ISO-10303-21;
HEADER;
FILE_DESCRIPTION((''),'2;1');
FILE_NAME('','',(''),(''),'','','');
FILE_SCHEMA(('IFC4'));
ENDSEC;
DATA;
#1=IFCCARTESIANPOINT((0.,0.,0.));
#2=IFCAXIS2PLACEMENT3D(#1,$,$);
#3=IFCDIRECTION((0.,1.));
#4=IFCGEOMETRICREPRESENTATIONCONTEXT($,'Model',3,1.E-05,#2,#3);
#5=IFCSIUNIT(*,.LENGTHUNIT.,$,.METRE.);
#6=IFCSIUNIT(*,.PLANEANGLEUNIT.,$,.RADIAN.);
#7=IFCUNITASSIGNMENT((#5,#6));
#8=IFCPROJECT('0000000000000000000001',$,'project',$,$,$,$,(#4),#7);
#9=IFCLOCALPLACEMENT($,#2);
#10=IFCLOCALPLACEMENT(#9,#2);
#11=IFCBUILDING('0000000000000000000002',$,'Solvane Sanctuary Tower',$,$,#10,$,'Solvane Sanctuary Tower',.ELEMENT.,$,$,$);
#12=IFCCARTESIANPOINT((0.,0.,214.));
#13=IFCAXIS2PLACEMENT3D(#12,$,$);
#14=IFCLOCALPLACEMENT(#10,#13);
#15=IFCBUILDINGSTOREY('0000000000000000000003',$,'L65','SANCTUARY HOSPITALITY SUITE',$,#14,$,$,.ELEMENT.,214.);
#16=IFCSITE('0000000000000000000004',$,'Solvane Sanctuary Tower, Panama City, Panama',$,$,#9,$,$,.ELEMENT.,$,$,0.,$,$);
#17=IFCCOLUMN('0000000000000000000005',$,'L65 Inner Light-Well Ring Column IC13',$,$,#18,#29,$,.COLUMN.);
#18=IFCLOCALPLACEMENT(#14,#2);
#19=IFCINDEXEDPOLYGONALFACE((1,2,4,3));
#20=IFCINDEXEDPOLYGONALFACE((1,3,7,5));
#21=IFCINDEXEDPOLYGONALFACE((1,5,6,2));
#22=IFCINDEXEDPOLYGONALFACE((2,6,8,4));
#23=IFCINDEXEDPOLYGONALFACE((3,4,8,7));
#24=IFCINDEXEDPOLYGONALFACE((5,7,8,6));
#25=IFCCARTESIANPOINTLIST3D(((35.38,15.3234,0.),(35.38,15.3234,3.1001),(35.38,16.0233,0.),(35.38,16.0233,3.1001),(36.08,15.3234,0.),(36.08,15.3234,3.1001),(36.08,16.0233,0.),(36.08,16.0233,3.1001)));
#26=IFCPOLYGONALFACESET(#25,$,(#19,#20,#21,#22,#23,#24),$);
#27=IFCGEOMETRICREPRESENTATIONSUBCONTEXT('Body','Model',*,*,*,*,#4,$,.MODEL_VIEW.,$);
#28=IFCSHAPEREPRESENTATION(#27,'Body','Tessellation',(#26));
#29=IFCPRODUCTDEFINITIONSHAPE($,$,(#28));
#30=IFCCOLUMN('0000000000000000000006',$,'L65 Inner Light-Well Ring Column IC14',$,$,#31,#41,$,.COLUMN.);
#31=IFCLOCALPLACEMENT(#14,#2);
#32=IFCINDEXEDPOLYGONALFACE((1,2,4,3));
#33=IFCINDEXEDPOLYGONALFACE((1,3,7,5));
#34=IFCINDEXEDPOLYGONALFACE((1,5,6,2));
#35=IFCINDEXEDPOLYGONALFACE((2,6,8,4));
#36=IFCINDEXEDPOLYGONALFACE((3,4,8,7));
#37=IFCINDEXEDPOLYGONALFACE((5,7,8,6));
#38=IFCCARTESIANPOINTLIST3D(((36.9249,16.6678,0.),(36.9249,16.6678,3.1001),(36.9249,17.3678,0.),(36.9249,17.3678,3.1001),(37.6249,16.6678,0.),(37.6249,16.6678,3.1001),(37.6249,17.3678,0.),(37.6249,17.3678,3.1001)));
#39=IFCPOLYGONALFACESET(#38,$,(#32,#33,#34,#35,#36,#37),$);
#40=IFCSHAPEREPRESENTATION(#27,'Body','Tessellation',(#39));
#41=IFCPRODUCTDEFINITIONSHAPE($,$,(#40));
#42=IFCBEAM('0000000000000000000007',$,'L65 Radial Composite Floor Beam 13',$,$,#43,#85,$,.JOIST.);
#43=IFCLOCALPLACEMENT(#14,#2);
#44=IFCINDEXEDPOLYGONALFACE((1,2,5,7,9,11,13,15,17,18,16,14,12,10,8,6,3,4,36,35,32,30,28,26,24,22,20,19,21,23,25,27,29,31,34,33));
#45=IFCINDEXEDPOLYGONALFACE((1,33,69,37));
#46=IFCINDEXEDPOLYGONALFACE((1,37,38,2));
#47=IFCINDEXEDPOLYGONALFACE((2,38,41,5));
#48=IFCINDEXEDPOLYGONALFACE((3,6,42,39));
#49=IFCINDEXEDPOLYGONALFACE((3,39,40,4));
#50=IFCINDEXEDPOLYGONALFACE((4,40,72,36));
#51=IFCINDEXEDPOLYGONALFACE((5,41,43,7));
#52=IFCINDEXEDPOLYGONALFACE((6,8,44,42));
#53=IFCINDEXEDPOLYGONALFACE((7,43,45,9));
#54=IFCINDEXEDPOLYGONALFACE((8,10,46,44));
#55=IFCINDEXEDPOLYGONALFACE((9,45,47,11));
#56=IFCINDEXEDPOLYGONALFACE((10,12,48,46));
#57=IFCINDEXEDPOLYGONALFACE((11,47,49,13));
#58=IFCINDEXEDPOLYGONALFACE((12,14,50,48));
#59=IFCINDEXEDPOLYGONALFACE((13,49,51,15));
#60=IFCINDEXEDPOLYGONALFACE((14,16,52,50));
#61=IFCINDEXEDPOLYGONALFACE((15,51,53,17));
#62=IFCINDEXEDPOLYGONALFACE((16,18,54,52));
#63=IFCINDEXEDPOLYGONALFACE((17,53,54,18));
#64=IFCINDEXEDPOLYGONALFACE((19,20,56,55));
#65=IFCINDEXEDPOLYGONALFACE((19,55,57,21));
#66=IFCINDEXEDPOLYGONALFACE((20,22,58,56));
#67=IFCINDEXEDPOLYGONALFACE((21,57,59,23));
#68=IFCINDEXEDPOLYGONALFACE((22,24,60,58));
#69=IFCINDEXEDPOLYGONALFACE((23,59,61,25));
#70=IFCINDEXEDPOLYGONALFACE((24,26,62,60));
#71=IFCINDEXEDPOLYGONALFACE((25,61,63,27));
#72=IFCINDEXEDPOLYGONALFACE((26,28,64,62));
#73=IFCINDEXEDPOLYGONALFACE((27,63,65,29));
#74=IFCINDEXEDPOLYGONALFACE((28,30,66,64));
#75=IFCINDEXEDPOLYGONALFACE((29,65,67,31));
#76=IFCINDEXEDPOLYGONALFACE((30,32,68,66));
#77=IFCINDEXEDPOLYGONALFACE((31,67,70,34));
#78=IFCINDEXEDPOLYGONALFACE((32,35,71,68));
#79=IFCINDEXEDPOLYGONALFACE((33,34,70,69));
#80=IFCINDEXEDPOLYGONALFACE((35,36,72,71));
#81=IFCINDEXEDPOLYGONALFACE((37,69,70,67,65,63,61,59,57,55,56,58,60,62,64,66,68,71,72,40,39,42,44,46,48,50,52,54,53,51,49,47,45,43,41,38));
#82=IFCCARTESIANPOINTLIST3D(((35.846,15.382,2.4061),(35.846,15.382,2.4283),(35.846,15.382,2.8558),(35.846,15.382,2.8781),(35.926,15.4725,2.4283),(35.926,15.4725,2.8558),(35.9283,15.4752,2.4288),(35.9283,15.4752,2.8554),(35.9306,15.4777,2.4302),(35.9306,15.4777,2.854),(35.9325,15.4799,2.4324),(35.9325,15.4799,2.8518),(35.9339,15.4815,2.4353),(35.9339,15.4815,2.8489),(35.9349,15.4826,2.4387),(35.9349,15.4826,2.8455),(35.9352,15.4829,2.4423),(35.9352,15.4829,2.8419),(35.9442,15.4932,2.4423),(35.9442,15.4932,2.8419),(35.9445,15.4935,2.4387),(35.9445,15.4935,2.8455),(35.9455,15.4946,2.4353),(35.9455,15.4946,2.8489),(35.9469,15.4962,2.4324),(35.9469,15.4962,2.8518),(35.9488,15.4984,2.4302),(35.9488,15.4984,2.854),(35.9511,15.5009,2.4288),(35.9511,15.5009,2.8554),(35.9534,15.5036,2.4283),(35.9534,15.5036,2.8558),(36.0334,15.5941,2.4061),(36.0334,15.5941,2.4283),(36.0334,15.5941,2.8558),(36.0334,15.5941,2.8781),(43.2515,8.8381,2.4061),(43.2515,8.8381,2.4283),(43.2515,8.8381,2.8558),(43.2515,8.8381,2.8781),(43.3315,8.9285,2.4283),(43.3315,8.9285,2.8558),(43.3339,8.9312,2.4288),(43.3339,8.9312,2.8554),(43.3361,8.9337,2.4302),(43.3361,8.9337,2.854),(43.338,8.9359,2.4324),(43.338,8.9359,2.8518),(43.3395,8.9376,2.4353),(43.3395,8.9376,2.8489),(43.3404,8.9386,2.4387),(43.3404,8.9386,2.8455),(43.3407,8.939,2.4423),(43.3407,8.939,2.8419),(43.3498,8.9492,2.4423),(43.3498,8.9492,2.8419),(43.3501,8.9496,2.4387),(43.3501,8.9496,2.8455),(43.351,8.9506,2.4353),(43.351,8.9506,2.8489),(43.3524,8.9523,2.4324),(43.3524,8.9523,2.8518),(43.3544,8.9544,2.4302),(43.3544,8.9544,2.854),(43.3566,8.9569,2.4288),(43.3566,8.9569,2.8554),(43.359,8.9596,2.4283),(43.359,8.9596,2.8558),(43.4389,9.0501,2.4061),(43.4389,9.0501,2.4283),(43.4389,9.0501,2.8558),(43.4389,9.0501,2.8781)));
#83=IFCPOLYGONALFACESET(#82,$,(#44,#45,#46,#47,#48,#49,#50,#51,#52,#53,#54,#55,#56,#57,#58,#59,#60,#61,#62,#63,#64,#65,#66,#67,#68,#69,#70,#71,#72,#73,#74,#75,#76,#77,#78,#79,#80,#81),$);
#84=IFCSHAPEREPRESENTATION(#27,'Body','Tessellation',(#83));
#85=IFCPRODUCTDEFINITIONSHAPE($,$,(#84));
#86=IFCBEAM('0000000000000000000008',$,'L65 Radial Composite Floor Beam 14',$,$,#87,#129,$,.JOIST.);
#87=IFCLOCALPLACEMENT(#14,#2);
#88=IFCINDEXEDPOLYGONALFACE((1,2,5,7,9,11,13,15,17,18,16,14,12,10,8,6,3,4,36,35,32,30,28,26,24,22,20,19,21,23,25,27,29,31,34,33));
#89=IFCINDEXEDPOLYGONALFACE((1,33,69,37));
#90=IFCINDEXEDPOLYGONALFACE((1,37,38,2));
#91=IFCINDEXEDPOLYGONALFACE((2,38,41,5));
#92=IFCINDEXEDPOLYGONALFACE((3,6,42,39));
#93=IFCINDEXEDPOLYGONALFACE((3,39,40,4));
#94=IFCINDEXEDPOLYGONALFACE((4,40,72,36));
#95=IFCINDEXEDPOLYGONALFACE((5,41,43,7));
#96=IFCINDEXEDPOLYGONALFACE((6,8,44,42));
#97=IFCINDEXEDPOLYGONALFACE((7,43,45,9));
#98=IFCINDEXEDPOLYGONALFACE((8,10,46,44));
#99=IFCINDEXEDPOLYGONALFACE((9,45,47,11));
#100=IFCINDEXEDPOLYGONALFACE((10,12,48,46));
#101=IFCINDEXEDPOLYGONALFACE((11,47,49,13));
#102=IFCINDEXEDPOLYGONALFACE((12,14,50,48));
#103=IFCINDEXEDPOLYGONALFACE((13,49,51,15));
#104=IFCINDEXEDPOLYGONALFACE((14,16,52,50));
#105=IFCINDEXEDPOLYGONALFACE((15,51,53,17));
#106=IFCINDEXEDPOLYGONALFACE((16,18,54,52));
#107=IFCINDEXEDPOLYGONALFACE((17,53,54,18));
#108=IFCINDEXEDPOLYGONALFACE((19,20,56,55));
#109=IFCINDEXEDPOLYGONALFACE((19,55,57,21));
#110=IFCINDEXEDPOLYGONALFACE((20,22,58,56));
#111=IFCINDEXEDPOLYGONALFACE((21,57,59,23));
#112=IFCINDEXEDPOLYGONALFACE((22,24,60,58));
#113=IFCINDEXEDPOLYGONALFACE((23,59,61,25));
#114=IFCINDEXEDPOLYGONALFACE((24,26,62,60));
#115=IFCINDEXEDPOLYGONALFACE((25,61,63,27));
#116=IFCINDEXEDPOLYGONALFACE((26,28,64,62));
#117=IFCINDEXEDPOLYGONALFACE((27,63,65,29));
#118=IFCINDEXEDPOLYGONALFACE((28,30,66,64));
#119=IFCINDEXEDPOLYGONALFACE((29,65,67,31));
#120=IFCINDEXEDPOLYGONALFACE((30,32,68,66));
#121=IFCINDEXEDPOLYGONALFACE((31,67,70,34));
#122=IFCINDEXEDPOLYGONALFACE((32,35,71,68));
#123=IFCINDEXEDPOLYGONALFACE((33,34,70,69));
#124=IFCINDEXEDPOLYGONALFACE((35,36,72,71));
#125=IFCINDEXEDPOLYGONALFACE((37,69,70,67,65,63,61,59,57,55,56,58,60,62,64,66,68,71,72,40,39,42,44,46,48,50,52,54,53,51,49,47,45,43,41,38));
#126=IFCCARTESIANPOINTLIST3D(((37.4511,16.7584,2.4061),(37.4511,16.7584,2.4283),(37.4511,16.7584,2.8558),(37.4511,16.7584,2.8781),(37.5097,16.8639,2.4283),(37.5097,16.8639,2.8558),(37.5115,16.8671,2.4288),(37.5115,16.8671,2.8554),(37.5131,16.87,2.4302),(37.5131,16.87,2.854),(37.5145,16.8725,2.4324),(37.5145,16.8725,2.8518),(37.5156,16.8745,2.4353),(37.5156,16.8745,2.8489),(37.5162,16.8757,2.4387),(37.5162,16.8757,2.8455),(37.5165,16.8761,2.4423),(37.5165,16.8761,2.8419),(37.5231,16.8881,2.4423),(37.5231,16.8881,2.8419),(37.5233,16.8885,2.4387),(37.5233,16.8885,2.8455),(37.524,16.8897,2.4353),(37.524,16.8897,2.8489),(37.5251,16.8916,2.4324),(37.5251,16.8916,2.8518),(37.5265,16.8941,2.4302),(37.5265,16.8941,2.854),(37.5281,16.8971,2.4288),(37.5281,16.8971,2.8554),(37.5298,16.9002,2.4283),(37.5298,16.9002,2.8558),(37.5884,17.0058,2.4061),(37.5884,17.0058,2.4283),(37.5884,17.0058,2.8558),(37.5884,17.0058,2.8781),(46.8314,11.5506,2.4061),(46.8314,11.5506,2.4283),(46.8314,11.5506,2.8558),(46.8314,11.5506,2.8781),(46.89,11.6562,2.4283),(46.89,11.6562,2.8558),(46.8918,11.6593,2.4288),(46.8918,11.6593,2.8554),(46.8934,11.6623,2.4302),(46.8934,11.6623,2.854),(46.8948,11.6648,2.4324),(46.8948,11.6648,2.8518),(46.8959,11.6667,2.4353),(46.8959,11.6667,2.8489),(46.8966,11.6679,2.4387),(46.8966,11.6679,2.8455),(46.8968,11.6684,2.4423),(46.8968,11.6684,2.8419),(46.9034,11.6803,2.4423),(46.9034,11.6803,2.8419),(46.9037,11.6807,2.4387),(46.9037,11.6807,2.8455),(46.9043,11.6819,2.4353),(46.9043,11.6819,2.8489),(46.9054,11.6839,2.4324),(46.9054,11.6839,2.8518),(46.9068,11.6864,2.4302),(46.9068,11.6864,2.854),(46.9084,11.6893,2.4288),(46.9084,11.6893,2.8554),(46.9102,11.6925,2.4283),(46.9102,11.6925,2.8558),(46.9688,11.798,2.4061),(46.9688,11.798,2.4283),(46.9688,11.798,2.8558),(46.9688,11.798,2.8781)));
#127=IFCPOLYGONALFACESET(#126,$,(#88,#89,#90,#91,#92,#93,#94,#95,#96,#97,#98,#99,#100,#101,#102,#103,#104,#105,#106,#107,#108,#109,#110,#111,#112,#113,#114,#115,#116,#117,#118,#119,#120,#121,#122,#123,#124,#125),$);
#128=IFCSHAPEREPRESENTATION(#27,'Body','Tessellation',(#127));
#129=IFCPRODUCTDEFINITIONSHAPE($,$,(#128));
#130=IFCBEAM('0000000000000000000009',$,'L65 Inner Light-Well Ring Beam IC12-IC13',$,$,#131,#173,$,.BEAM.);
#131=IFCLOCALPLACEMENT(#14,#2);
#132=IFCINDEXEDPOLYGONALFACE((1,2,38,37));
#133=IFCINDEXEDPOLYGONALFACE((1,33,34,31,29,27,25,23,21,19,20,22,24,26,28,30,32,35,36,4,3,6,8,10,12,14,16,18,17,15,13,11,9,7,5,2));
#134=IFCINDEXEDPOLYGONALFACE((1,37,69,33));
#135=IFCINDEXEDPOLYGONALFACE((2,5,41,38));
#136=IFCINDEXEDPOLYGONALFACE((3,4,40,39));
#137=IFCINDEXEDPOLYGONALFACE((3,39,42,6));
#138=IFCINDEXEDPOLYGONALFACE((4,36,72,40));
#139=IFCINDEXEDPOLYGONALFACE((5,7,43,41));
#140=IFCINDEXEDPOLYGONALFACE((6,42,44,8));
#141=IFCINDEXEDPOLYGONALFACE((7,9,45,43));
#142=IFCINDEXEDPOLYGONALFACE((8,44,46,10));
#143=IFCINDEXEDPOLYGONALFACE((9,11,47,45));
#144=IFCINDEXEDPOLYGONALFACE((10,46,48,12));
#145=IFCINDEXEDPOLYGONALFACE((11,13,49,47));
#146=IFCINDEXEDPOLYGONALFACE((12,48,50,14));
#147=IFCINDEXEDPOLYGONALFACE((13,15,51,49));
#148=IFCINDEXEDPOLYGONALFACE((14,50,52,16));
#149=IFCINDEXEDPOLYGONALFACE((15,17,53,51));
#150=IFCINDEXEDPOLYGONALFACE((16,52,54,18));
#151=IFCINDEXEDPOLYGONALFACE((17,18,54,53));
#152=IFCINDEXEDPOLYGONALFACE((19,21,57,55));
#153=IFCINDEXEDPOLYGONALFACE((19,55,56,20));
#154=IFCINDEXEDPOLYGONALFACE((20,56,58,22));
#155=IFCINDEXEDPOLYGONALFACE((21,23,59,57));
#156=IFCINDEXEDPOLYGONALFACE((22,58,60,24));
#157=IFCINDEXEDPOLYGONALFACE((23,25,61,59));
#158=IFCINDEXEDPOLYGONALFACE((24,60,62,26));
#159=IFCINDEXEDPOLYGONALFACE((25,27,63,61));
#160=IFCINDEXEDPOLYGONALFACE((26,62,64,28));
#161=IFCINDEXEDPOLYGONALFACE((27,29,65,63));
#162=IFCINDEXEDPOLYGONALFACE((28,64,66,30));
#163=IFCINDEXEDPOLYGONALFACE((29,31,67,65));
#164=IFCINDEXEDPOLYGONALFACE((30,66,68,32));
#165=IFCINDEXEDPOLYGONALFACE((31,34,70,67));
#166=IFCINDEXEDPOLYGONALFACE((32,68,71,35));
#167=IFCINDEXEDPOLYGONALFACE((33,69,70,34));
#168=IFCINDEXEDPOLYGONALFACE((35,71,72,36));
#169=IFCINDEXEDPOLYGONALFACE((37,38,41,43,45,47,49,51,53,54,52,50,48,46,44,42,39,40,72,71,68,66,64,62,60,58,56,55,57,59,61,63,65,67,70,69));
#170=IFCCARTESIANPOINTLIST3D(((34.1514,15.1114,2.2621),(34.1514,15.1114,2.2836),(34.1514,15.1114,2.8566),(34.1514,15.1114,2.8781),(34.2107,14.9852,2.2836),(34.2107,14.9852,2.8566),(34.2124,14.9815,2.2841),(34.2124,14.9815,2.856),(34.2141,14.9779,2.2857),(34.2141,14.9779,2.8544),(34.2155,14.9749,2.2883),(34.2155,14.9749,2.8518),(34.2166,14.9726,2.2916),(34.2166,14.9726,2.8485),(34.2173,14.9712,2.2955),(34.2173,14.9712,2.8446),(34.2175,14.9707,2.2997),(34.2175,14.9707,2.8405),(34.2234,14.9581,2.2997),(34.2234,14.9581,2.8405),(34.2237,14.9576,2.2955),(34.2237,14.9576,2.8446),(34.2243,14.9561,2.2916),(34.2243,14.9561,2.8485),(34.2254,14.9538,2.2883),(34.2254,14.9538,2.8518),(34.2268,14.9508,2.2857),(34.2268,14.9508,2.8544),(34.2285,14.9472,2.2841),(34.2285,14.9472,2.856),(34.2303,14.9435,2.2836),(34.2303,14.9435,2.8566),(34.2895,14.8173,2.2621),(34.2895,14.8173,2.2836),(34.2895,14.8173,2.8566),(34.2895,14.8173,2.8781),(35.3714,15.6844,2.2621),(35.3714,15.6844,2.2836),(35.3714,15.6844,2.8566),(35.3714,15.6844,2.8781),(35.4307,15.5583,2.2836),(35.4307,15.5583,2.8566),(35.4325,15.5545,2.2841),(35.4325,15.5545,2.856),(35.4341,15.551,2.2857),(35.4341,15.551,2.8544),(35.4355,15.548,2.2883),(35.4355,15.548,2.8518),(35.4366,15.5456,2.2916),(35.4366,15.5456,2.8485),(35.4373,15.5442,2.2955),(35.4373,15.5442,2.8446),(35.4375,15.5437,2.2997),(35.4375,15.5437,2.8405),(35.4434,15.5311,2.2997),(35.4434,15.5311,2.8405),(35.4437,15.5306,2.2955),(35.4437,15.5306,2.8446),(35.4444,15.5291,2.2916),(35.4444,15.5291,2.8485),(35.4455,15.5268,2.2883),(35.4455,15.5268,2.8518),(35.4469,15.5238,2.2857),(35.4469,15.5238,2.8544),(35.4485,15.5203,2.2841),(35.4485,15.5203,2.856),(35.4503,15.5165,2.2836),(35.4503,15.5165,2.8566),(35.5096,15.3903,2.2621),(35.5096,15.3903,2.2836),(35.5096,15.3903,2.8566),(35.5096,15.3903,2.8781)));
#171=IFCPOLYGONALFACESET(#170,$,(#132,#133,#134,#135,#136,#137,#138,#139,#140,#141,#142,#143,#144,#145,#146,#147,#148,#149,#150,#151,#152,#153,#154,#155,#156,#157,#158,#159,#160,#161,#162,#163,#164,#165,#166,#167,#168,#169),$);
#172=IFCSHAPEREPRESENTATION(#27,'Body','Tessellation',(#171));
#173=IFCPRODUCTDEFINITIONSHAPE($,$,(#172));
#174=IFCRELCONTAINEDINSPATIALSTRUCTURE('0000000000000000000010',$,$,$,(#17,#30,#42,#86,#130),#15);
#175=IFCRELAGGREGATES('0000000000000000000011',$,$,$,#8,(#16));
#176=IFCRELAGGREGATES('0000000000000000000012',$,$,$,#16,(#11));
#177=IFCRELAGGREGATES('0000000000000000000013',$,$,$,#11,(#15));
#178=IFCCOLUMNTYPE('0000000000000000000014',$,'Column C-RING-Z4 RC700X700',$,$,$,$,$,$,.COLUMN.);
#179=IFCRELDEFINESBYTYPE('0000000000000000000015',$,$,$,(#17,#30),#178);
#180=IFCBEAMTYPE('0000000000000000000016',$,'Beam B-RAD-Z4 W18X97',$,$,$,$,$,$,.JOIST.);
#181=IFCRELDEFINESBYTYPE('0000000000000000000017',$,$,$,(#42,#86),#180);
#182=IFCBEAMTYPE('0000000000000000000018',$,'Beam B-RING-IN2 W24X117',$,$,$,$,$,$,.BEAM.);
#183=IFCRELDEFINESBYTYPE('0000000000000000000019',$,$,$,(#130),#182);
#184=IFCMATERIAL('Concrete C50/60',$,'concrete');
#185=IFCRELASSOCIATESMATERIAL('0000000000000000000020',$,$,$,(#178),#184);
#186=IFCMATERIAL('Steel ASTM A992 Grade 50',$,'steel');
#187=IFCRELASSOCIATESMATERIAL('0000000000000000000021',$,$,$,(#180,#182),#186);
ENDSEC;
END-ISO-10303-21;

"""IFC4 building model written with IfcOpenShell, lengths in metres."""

from ifc_helpers import new_model, si_unit, direction, frame, origin, origin_2d, place, context, subcontext, project, spatial, rectangle, i_section, extrude, material, material_profile, profile_set, type_object, element, save


model = new_model("IFC4")

# Units and contexts
model_context = context("Model", 3, precision=1e-05, world=origin(), true_north=direction((0.0, 1.0)))
body_context = subcontext(model_context, "Body", "Model", "MODEL_VIEW")
ifc_project = project(units=[si_unit("LENGTHUNIT", "METRE"), si_unit("PLANEANGLEUNIT", "RADIAN")], contexts=[model_context])

# Site, building, storey
site_placement = place(None, origin())
site = spatial("IfcSite", under=ifc_project, at=site_placement, Name="Solvane Sanctuary Tower, Panama City, Panama", CompositionType="ELEMENT", RefElevation=0.0)
building_placement = place(site_placement, origin())
building = spatial("IfcBuilding", under=site, at=building_placement, Name="Solvane Sanctuary Tower", LongName="Solvane Sanctuary Tower", CompositionType="ELEMENT")
storey_placement = place(building_placement, frame((0.0, 0.0, 214.0)))
storey = spatial("IfcBuildingStorey", under=building, at=storey_placement, Name="L65", Description="SANCTUARY HOSPITALITY SUITE", CompositionType="ELEMENT", Elevation=214.0)

# Columns
ifc_material_1 = material(Name="Concrete C50/60", Category="concrete")
ifc_material_profile_1 = material_profile(ifc_material_1, rectangle(XDim=0.7, YDim=0.7, at=origin_2d()), Name="RC700X700")
ifc_profile_set_1 = profile_set([ifc_material_profile_1], Name="Concrete C50/60")
column_type = type_object("IfcColumnType", Name="Column C-RING-Z4 RC700X700", PredefinedType="COLUMN", material=ifc_profile_set_1)
for number, where, z_axis, x_axis, name in (
    (1, (35.73, 15.6733, 0.0), (0.0, 0.0, 1.0), (1.0, 0.0, 0.0), "L65 Inner Light-Well Ring Column IC13"),
    (2, (37.2749, 17.0178, 0.0), (0.0, 0.0, 1.0), (1.0, 0.0, 0.0), "L65 Inner Light-Well Ring Column IC14"),
):
    element("IfcColumn", number, at=place(storey_placement, frame(where, z_axis=z_axis, x_axis=x_axis)), inside=storey, type_object=column_type, Name=name, PredefinedType="COLUMN", context=body_context, shape_type="SweptSolid", body=[
        extrude(rectangle(XDim=0.7, YDim=0.7, at=origin_2d()), origin(), (0.0, 0.0, 1.0), 3.1001),
    ])

# Beams
ifc_material_2 = material(Name="Steel ASTM A992 Grade 50", Category="steel")
ifc_material_profile_2 = material_profile(ifc_material_2, i_section(OverallWidth=0.283, OverallDepth=0.4719, WebThickness=0.0137, FlangeThickness=0.0222, FilletRadius=0.0139, at=origin_2d()), Name="W18X97")
ifc_profile_set_2 = profile_set([ifc_material_profile_2], Name="Steel ASTM A992 Grade 50")
beam_type_1 = type_object("IfcBeamType", Name="Beam B-RAD-Z4 W18X97", PredefinedType="JOIST", material=ifc_profile_set_2)
beam_1_placement = place(storey_placement, frame((35.9397, 15.488, 2.6421), z_axis=(0.749352, -0.662171, 0.0), x_axis=(0.662171, 0.749352, 0.0)))
element("IfcBeam", 3, at=beam_1_placement, inside=storey, type_object=beam_type_1, Name="L65 Radial Composite Floor Beam 13", PredefinedType="JOIST", context=body_context, shape_type="SweptSolid", body=[
    extrude(i_section(OverallWidth=0.283, OverallDepth=0.4719, WebThickness=0.0137, FlangeThickness=0.0222, FilletRadius=0.0139, at=origin_2d()), origin(), (0.0, 0.0, 1.0), 9.8826),
])
beam_2_placement = place(storey_placement, frame((37.5198, 16.8821, 2.6421), z_axis=(0.874298, -0.48539, 0.0), x_axis=(0.48539, 0.874298, 0.0)))
element("IfcBeam", 4, at=beam_2_placement, inside=storey, type_object=beam_type_1, Name="L65 Radial Composite Floor Beam 14", PredefinedType="JOIST", context=body_context, shape_type="SweptSolid", body=[
    extrude(i_section(OverallWidth=0.283, OverallDepth=0.4719, WebThickness=0.0137, FlangeThickness=0.0222, FilletRadius=0.0139, at=origin_2d()), origin(), (0.0, 0.0, 1.0), 10.729),
])
ifc_material_profile_3 = material_profile(ifc_material_2, i_section(OverallWidth=0.325, OverallDepth=0.616, WebThickness=0.0139, FlangeThickness=0.0215, FilletRadius=0.0161, at=origin_2d()), Name="W24X117")
ifc_profile_set_3 = profile_set([ifc_material_profile_3], Name="Steel ASTM A992 Grade 50")
beam_type_2 = type_object("IfcBeamType", Name="Beam B-RING-IN2 W24X117", PredefinedType="BEAM", material=ifc_profile_set_3)
beam_3_placement = place(storey_placement, frame((34.2205, 14.9644, 2.5701), z_axis=(0.905135, 0.425125, 0.0), x_axis=(-0.425125, 0.905135, 0.0)))
element("IfcBeam", 5, at=beam_3_placement, inside=storey, type_object=beam_type_2, Name="L65 Inner Light-Well Ring Beam IC12-IC13", PredefinedType="BEAM", context=body_context, shape_type="SweptSolid", body=[
    extrude(i_section(OverallWidth=0.325, OverallDepth=0.616, WebThickness=0.0139, FlangeThickness=0.0215, FilletRadius=0.0161, at=origin_2d()), origin(), (0.0, 0.0, 1.0), 1.3479),
])

save(model, "model.ifc")
